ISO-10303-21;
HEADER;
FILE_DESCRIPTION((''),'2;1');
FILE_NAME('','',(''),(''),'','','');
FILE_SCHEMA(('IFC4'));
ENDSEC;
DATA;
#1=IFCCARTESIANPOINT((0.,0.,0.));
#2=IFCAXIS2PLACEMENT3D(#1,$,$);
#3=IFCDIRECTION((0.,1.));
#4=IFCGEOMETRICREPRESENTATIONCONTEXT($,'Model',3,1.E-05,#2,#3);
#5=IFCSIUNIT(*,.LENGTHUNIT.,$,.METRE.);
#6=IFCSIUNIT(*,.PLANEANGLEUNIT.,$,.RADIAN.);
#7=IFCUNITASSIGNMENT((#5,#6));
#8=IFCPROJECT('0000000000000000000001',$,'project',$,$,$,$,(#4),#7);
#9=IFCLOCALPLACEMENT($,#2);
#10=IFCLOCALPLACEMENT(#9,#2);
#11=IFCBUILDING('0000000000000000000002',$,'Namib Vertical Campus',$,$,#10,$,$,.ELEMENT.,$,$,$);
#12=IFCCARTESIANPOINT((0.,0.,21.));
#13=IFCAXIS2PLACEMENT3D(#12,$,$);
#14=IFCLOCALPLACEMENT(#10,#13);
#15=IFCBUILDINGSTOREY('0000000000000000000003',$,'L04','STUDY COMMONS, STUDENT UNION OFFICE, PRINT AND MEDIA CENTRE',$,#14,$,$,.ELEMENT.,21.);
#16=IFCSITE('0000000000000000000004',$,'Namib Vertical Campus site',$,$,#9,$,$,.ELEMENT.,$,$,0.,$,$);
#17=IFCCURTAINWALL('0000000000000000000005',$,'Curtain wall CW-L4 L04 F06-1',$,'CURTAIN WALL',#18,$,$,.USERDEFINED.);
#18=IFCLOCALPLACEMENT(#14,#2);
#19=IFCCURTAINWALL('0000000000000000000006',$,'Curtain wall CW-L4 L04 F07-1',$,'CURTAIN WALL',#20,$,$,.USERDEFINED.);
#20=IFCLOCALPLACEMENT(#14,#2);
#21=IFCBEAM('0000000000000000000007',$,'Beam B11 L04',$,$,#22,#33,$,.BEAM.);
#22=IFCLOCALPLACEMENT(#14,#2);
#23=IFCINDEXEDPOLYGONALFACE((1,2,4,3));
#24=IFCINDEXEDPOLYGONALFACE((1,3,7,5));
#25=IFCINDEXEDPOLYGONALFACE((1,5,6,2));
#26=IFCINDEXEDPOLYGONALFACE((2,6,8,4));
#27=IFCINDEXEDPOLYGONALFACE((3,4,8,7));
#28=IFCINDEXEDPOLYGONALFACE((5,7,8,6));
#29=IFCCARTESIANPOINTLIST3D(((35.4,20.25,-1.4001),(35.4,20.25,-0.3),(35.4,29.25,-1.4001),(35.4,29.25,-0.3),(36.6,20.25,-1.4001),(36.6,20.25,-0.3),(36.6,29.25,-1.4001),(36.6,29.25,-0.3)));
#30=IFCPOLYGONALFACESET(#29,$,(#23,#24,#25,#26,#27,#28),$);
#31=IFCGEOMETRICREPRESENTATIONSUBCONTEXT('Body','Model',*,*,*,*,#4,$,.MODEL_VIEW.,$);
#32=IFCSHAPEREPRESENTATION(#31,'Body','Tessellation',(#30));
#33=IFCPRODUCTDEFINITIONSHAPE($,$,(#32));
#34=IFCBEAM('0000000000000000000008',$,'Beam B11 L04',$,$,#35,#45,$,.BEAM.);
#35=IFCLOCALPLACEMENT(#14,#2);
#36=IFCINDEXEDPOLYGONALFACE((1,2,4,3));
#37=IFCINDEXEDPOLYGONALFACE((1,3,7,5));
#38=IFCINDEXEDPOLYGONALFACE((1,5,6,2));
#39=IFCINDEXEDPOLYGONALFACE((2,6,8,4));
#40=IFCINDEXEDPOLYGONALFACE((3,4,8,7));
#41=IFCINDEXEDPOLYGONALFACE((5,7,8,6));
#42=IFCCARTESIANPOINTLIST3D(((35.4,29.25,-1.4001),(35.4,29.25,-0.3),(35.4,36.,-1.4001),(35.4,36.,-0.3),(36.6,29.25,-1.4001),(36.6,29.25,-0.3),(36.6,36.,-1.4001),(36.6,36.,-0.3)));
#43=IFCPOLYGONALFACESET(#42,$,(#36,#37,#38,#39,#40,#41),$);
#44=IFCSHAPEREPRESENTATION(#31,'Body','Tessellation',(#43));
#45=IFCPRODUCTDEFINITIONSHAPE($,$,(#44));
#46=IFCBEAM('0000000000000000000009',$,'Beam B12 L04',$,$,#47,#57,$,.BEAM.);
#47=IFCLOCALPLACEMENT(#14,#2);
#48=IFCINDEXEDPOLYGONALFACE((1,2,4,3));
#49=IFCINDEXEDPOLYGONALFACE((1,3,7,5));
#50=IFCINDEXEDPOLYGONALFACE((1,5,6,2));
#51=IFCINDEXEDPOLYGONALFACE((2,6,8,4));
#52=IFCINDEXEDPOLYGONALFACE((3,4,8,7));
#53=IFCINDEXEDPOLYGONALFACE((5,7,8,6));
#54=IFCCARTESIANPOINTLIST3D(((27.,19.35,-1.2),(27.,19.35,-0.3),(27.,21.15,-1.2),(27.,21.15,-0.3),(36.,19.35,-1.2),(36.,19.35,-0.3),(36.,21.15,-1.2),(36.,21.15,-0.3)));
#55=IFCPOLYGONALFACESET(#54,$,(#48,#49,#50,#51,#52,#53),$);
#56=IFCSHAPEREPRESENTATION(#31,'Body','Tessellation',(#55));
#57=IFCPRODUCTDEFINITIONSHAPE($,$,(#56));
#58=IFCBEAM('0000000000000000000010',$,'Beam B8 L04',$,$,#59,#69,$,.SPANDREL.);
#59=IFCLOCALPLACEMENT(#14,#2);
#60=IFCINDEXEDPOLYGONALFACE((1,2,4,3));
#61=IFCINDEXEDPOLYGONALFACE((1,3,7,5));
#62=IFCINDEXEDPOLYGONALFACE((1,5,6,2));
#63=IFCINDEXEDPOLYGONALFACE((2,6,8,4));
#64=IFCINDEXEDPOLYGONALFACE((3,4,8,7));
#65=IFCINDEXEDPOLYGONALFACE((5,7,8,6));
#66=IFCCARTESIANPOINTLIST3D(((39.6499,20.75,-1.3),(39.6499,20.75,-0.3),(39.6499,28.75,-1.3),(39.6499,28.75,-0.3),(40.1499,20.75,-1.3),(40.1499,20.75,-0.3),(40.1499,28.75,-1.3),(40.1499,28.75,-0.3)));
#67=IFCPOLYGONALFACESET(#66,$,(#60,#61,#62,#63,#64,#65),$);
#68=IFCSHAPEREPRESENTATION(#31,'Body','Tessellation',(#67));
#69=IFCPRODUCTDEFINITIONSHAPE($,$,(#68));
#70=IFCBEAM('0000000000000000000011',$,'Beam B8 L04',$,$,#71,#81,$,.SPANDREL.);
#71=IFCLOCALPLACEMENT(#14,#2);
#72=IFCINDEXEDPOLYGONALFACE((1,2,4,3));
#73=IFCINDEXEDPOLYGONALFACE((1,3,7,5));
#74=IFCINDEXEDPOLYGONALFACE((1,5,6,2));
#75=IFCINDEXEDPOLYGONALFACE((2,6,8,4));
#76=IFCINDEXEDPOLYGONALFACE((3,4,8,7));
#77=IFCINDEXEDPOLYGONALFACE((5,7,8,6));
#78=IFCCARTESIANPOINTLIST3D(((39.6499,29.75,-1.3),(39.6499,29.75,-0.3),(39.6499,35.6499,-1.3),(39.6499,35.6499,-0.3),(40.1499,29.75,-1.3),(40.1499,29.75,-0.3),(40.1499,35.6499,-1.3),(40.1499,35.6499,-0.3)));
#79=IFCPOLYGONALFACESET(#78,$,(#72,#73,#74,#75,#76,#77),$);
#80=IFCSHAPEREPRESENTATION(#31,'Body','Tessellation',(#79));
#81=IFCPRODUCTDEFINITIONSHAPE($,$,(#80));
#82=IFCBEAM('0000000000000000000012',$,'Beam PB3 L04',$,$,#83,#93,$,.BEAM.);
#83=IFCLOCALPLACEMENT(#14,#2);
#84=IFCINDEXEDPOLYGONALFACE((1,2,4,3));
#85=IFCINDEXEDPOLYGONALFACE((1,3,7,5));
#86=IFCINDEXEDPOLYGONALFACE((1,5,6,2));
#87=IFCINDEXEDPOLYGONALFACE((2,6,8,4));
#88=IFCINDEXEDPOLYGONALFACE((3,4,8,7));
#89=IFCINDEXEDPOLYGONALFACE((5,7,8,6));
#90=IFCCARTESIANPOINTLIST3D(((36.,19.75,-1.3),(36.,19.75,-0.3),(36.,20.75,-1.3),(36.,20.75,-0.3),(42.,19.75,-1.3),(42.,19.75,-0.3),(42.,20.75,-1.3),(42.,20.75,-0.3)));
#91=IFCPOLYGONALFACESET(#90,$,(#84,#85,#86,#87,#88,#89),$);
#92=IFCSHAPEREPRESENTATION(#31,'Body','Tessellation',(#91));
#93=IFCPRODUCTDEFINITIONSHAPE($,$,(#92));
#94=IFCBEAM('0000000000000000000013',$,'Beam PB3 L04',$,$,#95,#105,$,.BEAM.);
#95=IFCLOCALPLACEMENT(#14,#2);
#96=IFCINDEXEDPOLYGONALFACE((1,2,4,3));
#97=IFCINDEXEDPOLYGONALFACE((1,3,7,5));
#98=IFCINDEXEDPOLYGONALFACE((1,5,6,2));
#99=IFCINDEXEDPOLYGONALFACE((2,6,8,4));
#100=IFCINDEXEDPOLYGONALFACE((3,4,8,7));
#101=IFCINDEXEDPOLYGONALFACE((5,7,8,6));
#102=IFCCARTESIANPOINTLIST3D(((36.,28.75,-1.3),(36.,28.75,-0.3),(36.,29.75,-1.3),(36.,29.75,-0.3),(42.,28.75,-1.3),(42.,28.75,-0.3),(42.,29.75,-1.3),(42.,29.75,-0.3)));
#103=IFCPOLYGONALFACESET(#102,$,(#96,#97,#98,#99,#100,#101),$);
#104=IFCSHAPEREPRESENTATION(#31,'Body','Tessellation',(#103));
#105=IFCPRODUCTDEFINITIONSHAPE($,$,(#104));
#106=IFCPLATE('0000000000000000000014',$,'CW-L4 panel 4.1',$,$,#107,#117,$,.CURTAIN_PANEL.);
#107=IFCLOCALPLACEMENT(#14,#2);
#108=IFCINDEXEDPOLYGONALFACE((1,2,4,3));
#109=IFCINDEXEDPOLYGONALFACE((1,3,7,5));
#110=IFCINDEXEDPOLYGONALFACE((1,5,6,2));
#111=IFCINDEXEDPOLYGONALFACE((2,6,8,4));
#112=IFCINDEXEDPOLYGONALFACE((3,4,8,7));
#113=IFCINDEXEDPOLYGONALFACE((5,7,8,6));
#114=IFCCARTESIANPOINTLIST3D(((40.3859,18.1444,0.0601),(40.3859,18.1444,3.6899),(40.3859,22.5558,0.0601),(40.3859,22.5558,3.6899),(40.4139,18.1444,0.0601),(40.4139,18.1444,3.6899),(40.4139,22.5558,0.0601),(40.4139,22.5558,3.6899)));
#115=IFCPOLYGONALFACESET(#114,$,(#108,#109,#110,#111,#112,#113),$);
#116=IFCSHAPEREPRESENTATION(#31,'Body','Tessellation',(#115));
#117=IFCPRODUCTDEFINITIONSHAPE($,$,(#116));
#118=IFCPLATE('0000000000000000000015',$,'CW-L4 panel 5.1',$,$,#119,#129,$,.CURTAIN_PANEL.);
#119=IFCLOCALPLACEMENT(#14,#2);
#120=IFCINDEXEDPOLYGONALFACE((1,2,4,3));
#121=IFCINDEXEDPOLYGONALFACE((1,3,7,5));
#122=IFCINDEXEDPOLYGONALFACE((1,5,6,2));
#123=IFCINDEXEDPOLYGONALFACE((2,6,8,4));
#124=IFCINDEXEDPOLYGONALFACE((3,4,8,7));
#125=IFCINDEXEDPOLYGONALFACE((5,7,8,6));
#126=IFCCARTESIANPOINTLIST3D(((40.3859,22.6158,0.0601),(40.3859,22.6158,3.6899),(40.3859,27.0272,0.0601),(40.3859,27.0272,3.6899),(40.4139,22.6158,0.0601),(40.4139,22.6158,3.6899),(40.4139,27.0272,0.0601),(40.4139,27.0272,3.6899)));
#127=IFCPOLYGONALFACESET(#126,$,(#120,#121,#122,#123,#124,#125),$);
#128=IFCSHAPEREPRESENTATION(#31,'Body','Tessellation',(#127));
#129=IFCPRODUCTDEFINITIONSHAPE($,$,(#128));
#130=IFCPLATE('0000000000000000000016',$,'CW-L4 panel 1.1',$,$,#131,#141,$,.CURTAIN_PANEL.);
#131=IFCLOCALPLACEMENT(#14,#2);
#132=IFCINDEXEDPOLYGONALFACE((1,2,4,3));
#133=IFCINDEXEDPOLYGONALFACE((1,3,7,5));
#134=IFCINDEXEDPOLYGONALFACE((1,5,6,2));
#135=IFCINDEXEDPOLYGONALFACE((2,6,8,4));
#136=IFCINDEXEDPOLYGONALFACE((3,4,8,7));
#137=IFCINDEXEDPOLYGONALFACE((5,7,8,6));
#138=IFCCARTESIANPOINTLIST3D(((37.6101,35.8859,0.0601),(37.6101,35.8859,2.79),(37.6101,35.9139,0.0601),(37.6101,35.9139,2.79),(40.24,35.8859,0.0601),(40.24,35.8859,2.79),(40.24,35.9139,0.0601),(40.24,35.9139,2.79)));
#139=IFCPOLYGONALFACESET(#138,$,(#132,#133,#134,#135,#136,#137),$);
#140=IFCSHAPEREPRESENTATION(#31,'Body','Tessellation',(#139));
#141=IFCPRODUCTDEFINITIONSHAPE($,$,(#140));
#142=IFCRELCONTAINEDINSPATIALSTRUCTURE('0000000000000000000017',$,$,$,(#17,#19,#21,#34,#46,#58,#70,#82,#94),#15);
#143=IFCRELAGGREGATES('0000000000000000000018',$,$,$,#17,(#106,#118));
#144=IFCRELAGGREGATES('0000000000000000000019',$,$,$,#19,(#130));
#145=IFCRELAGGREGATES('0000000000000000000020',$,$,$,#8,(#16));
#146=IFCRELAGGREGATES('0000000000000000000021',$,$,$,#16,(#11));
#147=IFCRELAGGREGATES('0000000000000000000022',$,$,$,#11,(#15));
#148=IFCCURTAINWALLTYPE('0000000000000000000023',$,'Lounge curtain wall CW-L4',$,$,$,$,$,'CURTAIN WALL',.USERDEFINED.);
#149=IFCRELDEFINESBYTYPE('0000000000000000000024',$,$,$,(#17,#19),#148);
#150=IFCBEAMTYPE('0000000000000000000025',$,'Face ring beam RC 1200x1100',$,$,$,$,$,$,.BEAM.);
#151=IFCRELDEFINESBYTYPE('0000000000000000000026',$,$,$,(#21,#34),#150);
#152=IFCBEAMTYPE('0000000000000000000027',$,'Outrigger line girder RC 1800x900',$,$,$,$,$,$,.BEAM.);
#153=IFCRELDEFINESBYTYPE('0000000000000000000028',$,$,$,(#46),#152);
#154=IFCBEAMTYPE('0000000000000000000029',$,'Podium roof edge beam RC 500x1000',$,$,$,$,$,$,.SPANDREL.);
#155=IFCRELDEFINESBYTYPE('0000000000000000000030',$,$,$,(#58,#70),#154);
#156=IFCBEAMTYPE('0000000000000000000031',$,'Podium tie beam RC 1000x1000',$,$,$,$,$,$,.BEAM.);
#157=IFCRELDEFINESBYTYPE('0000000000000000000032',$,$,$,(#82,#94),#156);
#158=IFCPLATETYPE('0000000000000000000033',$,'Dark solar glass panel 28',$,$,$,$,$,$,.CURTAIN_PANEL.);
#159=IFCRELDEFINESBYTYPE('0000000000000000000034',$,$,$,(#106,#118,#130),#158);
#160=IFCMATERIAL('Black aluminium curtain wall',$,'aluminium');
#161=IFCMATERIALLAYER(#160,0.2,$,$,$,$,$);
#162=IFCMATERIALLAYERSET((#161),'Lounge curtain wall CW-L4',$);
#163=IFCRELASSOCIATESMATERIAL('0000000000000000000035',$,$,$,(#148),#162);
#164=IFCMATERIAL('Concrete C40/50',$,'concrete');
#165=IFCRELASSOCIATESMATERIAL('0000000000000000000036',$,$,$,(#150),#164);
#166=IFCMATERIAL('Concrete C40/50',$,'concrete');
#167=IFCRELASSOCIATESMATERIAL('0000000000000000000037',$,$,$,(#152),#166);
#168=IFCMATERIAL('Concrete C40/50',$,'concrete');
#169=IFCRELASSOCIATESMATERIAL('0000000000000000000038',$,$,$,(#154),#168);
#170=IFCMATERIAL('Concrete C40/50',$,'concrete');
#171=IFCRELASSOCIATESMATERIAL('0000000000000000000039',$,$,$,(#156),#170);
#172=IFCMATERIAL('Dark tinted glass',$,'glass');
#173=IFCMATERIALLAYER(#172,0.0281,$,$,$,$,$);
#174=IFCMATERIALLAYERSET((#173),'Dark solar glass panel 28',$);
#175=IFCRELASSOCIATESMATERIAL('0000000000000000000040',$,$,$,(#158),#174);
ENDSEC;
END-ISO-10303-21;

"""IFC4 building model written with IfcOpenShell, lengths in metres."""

from ifc_helpers import new_model, si_unit, direction, frame, origin, origin_2d, place, context, subcontext, project, spatial, rectangle, extrude, material, layer, layer_set, material_profile, profile_set, type_object, element, aggregate, save


model = new_model("IFC4")

# Units and contexts
model_context = context("Model", 3, precision=1e-05, world=origin(), true_north=direction((0.0, 1.0)))
body_context = subcontext(model_context, "Body", "Model", "MODEL_VIEW")
ifc_project = project(units=[si_unit("LENGTHUNIT", "METRE"), si_unit("PLANEANGLEUNIT", "RADIAN")], contexts=[model_context])

# Site, building, storey
site_placement = place(None, origin())
site = spatial("IfcSite", under=ifc_project, at=site_placement, Name="Namib Vertical Campus site", CompositionType="ELEMENT", RefElevation=0.0)
building_placement = place(site_placement, origin())
building = spatial("IfcBuilding", under=site, at=building_placement, Name="Namib Vertical Campus", CompositionType="ELEMENT")
storey_placement = place(building_placement, frame((0.0, 0.0, 21.0)))
storey = spatial("IfcBuildingStorey", under=building, at=storey_placement, Name="L04", Description="STUDY COMMONS, STUDENT UNION OFFICE, PRINT AND MEDIA CENTRE", CompositionType="ELEMENT", Elevation=21.0)

# Curtain walls
ifc_material_1 = material(Name="Black aluminium curtain wall", Category="aluminium")
ifc_layer_1 = layer(ifc_material_1, 0.2)
ifc_layer_set_1 = layer_set([ifc_layer_1], Name="Lounge curtain wall CW-L4")
curtain_wall_type = type_object("IfcCurtainWallType", Name="Lounge curtain wall CW-L4", ElementType="CURTAIN WALL", PredefinedType="USERDEFINED", material=ifc_layer_set_1)
curtain_wall_1_placement = place(storey_placement, origin())
curtain_wall_1 = element("IfcCurtainWall", 1, at=curtain_wall_1_placement, inside=storey, type_object=curtain_wall_type, Name="Curtain wall CW-L4 L04 F06-1", ObjectType="CURTAIN WALL", PredefinedType="USERDEFINED")
curtain_wall_2_placement = place(storey_placement, origin())
curtain_wall_2 = element("IfcCurtainWall", 2, at=curtain_wall_2_placement, inside=storey, type_object=curtain_wall_type, Name="Curtain wall CW-L4 L04 F07-1", ObjectType="CURTAIN WALL", PredefinedType="USERDEFINED")

# Beams
ifc_material_2 = material(Name="Concrete C40/50", Category="concrete")
ifc_material_profile_1 = material_profile(ifc_material_2, rectangle(XDim=1.2, YDim=1.1001, at=origin_2d()))
ifc_profile_set_1 = profile_set([ifc_material_profile_1], Name="Concrete C40/50")
beam_type_1 = type_object("IfcBeamType", Name="Face ring beam RC 1200x1100", PredefinedType="BEAM", material=ifc_profile_set_1)
beam_1_placement = place(storey_placement, frame((36.0, 20.25, -0.8501), z_axis=(0.0, 1.0, 0.0), x_axis=(-1.0, 0.0, 0.0)))
element("IfcBeam", 3, at=beam_1_placement, inside=storey, type_object=beam_type_1, Name="Beam B11 L04", PredefinedType="BEAM", context=body_context, shape_type="SweptSolid", body=[
    extrude(rectangle(XDim=1.2, YDim=1.1001, at=origin_2d()), origin(), (0.0, 0.0, 1.0), 9.0),
])
beam_2_placement = place(storey_placement, frame((36.0, 29.25, -0.8501), z_axis=(0.0, 1.0, 0.0), x_axis=(-1.0, 0.0, 0.0)))
element("IfcBeam", 4, at=beam_2_placement, inside=storey, type_object=beam_type_1, Name="Beam B11 L04", PredefinedType="BEAM", context=body_context, shape_type="SweptSolid", body=[
    extrude(rectangle(XDim=1.2, YDim=1.1001, at=origin_2d()), origin(), (0.0, 0.0, 1.0), 6.75),
])
ifc_material_3 = material(Name="Concrete C40/50", Category="concrete")
ifc_material_profile_2 = material_profile(ifc_material_3, rectangle(XDim=1.8, YDim=0.8999, at=origin_2d()))
ifc_profile_set_2 = profile_set([ifc_material_profile_2], Name="Concrete C40/50")
beam_type_2 = type_object("IfcBeamType", Name="Outrigger line girder RC 1800x900", PredefinedType="BEAM", material=ifc_profile_set_2)
beam_3_placement = place(storey_placement, frame((36.0, 20.25, -0.75), z_axis=(-1.0, 0.0, 0.0), x_axis=(0.0, -1.0, 0.0)))
element("IfcBeam", 5, at=beam_3_placement, inside=storey, type_object=beam_type_2, Name="Beam B12 L04", PredefinedType="BEAM", context=body_context, shape_type="SweptSolid", body=[
    extrude(rectangle(XDim=1.8, YDim=0.8999, at=origin_2d()), origin(), (0.0, 0.0, 1.0), 9.0),
])
ifc_material_4 = material(Name="Concrete C40/50", Category="concrete")
ifc_material_profile_3 = material_profile(ifc_material_4, rectangle(XDim=0.5, YDim=1.0, at=origin_2d()))
ifc_profile_set_3 = profile_set([ifc_material_profile_3], Name="Concrete C40/50")
beam_type_3 = type_object("IfcBeamType", Name="Podium roof edge beam RC 500x1000", PredefinedType="SPANDREL", material=ifc_profile_set_3)
beam_4_placement = place(storey_placement, frame((39.8999, 20.75, -0.8), z_axis=(0.0, 1.0, 0.0), x_axis=(-1.0, 0.0, 0.0)))
element("IfcBeam", 6, at=beam_4_placement, inside=storey, type_object=beam_type_3, Name="Beam B8 L04", PredefinedType="SPANDREL", context=body_context, shape_type="SweptSolid", body=[
    extrude(rectangle(XDim=0.5, YDim=1.0, at=origin_2d()), origin(), (0.0, 0.0, 1.0), 8.0),
])
beam_5_placement = place(storey_placement, frame((39.8999, 29.75, -0.8), z_axis=(0.0, 1.0, 0.0), x_axis=(-1.0, 0.0, 0.0)))
element("IfcBeam", 7, at=beam_5_placement, inside=storey, type_object=beam_type_3, Name="Beam B8 L04", PredefinedType="SPANDREL", context=body_context, shape_type="SweptSolid", body=[
    extrude(rectangle(XDim=0.5, YDim=1.0, at=origin_2d()), origin(), (0.0, 0.0, 1.0), 5.8999),
])
ifc_material_5 = material(Name="Concrete C40/50", Category="concrete")
ifc_material_profile_4 = material_profile(ifc_material_5, rectangle(XDim=1.0, YDim=1.0, at=origin_2d()))
ifc_profile_set_4 = profile_set([ifc_material_profile_4], Name="Concrete C40/50")
beam_type_4 = type_object("IfcBeamType", Name="Podium tie beam RC 1000x1000", PredefinedType="BEAM", material=ifc_profile_set_4)
for number, where, z_axis, x_axis, name in (
    (8, (36.0, 20.25, -0.8), (1.0, 0.0, 0.0), (0.0, 1.0, 0.0), "Beam PB3 L04"),
    (9, (36.0, 29.25, -0.8), (1.0, 0.0, 0.0), (0.0, 1.0, 0.0), "Beam PB3 L04"),
):
    element("IfcBeam", number, at=place(storey_placement, frame(where, z_axis=z_axis, x_axis=x_axis)), inside=storey, type_object=beam_type_4, Name=name, PredefinedType="BEAM", context=body_context, shape_type="SweptSolid", body=[
        extrude(rectangle(XDim=1.0, YDim=1.0, at=origin_2d()), origin(), (0.0, 0.0, 1.0), 6.0),
    ])

# Plates
ifc_material_6 = material(Name="Dark tinted glass", Category="glass")
ifc_layer_2 = layer(ifc_material_6, 0.0281)
ifc_layer_set_2 = layer_set([ifc_layer_2], Name="Dark solar glass panel 28")
plate_type = type_object("IfcPlateType", Name="Dark solar glass panel 28", PredefinedType="CURTAIN_PANEL", material=ifc_layer_set_2)
plate_1_placement = place(storey_placement, frame((40.3999, 20.3501, 0.0601), z_axis=(0.0, 0.0, 1.0), x_axis=(0.0, 1.0, 0.0)))
plate_1 = element("IfcPlate", 10, at=plate_1_placement, type_object=plate_type, Name="CW-L4 panel 4.1", PredefinedType="CURTAIN_PANEL", context=body_context, shape_type="SweptSolid", body=[
    extrude(rectangle(XDim=4.4114, YDim=0.0281, at=origin_2d()), origin(), (0.0, 0.0, 1.0), 3.6299),
])
plate_2_placement = place(storey_placement, frame((40.3999, 24.8215, 0.0601), z_axis=(0.0, 0.0, 1.0), x_axis=(0.0, 1.0, 0.0)))
plate_2 = element("IfcPlate", 11, at=plate_2_placement, type_object=plate_type, Name="CW-L4 panel 5.1", PredefinedType="CURTAIN_PANEL", context=body_context, shape_type="SweptSolid", body=[
    extrude(rectangle(XDim=4.4114, YDim=0.0281, at=origin_2d()), origin(), (0.0, 0.0, 1.0), 3.6299),
])
aggregate(curtain_wall_1, [plate_1, plate_2])
plate_3_placement = place(storey_placement, frame((38.925, 35.8999, 0.0601), z_axis=(0.0, 0.0, 1.0), x_axis=(-1.0, 0.0, 0.0)))
plate_3 = element("IfcPlate", 12, at=plate_3_placement, type_object=plate_type, Name="CW-L4 panel 1.1", PredefinedType="CURTAIN_PANEL", context=body_context, shape_type="SweptSolid", body=[
    extrude(rectangle(XDim=2.6299, YDim=0.0281, at=origin_2d()), origin(), (0.0, 0.0, 1.0), 2.73),
])
aggregate(curtain_wall_2, [plate_3])

save(model, "model.ifc")
